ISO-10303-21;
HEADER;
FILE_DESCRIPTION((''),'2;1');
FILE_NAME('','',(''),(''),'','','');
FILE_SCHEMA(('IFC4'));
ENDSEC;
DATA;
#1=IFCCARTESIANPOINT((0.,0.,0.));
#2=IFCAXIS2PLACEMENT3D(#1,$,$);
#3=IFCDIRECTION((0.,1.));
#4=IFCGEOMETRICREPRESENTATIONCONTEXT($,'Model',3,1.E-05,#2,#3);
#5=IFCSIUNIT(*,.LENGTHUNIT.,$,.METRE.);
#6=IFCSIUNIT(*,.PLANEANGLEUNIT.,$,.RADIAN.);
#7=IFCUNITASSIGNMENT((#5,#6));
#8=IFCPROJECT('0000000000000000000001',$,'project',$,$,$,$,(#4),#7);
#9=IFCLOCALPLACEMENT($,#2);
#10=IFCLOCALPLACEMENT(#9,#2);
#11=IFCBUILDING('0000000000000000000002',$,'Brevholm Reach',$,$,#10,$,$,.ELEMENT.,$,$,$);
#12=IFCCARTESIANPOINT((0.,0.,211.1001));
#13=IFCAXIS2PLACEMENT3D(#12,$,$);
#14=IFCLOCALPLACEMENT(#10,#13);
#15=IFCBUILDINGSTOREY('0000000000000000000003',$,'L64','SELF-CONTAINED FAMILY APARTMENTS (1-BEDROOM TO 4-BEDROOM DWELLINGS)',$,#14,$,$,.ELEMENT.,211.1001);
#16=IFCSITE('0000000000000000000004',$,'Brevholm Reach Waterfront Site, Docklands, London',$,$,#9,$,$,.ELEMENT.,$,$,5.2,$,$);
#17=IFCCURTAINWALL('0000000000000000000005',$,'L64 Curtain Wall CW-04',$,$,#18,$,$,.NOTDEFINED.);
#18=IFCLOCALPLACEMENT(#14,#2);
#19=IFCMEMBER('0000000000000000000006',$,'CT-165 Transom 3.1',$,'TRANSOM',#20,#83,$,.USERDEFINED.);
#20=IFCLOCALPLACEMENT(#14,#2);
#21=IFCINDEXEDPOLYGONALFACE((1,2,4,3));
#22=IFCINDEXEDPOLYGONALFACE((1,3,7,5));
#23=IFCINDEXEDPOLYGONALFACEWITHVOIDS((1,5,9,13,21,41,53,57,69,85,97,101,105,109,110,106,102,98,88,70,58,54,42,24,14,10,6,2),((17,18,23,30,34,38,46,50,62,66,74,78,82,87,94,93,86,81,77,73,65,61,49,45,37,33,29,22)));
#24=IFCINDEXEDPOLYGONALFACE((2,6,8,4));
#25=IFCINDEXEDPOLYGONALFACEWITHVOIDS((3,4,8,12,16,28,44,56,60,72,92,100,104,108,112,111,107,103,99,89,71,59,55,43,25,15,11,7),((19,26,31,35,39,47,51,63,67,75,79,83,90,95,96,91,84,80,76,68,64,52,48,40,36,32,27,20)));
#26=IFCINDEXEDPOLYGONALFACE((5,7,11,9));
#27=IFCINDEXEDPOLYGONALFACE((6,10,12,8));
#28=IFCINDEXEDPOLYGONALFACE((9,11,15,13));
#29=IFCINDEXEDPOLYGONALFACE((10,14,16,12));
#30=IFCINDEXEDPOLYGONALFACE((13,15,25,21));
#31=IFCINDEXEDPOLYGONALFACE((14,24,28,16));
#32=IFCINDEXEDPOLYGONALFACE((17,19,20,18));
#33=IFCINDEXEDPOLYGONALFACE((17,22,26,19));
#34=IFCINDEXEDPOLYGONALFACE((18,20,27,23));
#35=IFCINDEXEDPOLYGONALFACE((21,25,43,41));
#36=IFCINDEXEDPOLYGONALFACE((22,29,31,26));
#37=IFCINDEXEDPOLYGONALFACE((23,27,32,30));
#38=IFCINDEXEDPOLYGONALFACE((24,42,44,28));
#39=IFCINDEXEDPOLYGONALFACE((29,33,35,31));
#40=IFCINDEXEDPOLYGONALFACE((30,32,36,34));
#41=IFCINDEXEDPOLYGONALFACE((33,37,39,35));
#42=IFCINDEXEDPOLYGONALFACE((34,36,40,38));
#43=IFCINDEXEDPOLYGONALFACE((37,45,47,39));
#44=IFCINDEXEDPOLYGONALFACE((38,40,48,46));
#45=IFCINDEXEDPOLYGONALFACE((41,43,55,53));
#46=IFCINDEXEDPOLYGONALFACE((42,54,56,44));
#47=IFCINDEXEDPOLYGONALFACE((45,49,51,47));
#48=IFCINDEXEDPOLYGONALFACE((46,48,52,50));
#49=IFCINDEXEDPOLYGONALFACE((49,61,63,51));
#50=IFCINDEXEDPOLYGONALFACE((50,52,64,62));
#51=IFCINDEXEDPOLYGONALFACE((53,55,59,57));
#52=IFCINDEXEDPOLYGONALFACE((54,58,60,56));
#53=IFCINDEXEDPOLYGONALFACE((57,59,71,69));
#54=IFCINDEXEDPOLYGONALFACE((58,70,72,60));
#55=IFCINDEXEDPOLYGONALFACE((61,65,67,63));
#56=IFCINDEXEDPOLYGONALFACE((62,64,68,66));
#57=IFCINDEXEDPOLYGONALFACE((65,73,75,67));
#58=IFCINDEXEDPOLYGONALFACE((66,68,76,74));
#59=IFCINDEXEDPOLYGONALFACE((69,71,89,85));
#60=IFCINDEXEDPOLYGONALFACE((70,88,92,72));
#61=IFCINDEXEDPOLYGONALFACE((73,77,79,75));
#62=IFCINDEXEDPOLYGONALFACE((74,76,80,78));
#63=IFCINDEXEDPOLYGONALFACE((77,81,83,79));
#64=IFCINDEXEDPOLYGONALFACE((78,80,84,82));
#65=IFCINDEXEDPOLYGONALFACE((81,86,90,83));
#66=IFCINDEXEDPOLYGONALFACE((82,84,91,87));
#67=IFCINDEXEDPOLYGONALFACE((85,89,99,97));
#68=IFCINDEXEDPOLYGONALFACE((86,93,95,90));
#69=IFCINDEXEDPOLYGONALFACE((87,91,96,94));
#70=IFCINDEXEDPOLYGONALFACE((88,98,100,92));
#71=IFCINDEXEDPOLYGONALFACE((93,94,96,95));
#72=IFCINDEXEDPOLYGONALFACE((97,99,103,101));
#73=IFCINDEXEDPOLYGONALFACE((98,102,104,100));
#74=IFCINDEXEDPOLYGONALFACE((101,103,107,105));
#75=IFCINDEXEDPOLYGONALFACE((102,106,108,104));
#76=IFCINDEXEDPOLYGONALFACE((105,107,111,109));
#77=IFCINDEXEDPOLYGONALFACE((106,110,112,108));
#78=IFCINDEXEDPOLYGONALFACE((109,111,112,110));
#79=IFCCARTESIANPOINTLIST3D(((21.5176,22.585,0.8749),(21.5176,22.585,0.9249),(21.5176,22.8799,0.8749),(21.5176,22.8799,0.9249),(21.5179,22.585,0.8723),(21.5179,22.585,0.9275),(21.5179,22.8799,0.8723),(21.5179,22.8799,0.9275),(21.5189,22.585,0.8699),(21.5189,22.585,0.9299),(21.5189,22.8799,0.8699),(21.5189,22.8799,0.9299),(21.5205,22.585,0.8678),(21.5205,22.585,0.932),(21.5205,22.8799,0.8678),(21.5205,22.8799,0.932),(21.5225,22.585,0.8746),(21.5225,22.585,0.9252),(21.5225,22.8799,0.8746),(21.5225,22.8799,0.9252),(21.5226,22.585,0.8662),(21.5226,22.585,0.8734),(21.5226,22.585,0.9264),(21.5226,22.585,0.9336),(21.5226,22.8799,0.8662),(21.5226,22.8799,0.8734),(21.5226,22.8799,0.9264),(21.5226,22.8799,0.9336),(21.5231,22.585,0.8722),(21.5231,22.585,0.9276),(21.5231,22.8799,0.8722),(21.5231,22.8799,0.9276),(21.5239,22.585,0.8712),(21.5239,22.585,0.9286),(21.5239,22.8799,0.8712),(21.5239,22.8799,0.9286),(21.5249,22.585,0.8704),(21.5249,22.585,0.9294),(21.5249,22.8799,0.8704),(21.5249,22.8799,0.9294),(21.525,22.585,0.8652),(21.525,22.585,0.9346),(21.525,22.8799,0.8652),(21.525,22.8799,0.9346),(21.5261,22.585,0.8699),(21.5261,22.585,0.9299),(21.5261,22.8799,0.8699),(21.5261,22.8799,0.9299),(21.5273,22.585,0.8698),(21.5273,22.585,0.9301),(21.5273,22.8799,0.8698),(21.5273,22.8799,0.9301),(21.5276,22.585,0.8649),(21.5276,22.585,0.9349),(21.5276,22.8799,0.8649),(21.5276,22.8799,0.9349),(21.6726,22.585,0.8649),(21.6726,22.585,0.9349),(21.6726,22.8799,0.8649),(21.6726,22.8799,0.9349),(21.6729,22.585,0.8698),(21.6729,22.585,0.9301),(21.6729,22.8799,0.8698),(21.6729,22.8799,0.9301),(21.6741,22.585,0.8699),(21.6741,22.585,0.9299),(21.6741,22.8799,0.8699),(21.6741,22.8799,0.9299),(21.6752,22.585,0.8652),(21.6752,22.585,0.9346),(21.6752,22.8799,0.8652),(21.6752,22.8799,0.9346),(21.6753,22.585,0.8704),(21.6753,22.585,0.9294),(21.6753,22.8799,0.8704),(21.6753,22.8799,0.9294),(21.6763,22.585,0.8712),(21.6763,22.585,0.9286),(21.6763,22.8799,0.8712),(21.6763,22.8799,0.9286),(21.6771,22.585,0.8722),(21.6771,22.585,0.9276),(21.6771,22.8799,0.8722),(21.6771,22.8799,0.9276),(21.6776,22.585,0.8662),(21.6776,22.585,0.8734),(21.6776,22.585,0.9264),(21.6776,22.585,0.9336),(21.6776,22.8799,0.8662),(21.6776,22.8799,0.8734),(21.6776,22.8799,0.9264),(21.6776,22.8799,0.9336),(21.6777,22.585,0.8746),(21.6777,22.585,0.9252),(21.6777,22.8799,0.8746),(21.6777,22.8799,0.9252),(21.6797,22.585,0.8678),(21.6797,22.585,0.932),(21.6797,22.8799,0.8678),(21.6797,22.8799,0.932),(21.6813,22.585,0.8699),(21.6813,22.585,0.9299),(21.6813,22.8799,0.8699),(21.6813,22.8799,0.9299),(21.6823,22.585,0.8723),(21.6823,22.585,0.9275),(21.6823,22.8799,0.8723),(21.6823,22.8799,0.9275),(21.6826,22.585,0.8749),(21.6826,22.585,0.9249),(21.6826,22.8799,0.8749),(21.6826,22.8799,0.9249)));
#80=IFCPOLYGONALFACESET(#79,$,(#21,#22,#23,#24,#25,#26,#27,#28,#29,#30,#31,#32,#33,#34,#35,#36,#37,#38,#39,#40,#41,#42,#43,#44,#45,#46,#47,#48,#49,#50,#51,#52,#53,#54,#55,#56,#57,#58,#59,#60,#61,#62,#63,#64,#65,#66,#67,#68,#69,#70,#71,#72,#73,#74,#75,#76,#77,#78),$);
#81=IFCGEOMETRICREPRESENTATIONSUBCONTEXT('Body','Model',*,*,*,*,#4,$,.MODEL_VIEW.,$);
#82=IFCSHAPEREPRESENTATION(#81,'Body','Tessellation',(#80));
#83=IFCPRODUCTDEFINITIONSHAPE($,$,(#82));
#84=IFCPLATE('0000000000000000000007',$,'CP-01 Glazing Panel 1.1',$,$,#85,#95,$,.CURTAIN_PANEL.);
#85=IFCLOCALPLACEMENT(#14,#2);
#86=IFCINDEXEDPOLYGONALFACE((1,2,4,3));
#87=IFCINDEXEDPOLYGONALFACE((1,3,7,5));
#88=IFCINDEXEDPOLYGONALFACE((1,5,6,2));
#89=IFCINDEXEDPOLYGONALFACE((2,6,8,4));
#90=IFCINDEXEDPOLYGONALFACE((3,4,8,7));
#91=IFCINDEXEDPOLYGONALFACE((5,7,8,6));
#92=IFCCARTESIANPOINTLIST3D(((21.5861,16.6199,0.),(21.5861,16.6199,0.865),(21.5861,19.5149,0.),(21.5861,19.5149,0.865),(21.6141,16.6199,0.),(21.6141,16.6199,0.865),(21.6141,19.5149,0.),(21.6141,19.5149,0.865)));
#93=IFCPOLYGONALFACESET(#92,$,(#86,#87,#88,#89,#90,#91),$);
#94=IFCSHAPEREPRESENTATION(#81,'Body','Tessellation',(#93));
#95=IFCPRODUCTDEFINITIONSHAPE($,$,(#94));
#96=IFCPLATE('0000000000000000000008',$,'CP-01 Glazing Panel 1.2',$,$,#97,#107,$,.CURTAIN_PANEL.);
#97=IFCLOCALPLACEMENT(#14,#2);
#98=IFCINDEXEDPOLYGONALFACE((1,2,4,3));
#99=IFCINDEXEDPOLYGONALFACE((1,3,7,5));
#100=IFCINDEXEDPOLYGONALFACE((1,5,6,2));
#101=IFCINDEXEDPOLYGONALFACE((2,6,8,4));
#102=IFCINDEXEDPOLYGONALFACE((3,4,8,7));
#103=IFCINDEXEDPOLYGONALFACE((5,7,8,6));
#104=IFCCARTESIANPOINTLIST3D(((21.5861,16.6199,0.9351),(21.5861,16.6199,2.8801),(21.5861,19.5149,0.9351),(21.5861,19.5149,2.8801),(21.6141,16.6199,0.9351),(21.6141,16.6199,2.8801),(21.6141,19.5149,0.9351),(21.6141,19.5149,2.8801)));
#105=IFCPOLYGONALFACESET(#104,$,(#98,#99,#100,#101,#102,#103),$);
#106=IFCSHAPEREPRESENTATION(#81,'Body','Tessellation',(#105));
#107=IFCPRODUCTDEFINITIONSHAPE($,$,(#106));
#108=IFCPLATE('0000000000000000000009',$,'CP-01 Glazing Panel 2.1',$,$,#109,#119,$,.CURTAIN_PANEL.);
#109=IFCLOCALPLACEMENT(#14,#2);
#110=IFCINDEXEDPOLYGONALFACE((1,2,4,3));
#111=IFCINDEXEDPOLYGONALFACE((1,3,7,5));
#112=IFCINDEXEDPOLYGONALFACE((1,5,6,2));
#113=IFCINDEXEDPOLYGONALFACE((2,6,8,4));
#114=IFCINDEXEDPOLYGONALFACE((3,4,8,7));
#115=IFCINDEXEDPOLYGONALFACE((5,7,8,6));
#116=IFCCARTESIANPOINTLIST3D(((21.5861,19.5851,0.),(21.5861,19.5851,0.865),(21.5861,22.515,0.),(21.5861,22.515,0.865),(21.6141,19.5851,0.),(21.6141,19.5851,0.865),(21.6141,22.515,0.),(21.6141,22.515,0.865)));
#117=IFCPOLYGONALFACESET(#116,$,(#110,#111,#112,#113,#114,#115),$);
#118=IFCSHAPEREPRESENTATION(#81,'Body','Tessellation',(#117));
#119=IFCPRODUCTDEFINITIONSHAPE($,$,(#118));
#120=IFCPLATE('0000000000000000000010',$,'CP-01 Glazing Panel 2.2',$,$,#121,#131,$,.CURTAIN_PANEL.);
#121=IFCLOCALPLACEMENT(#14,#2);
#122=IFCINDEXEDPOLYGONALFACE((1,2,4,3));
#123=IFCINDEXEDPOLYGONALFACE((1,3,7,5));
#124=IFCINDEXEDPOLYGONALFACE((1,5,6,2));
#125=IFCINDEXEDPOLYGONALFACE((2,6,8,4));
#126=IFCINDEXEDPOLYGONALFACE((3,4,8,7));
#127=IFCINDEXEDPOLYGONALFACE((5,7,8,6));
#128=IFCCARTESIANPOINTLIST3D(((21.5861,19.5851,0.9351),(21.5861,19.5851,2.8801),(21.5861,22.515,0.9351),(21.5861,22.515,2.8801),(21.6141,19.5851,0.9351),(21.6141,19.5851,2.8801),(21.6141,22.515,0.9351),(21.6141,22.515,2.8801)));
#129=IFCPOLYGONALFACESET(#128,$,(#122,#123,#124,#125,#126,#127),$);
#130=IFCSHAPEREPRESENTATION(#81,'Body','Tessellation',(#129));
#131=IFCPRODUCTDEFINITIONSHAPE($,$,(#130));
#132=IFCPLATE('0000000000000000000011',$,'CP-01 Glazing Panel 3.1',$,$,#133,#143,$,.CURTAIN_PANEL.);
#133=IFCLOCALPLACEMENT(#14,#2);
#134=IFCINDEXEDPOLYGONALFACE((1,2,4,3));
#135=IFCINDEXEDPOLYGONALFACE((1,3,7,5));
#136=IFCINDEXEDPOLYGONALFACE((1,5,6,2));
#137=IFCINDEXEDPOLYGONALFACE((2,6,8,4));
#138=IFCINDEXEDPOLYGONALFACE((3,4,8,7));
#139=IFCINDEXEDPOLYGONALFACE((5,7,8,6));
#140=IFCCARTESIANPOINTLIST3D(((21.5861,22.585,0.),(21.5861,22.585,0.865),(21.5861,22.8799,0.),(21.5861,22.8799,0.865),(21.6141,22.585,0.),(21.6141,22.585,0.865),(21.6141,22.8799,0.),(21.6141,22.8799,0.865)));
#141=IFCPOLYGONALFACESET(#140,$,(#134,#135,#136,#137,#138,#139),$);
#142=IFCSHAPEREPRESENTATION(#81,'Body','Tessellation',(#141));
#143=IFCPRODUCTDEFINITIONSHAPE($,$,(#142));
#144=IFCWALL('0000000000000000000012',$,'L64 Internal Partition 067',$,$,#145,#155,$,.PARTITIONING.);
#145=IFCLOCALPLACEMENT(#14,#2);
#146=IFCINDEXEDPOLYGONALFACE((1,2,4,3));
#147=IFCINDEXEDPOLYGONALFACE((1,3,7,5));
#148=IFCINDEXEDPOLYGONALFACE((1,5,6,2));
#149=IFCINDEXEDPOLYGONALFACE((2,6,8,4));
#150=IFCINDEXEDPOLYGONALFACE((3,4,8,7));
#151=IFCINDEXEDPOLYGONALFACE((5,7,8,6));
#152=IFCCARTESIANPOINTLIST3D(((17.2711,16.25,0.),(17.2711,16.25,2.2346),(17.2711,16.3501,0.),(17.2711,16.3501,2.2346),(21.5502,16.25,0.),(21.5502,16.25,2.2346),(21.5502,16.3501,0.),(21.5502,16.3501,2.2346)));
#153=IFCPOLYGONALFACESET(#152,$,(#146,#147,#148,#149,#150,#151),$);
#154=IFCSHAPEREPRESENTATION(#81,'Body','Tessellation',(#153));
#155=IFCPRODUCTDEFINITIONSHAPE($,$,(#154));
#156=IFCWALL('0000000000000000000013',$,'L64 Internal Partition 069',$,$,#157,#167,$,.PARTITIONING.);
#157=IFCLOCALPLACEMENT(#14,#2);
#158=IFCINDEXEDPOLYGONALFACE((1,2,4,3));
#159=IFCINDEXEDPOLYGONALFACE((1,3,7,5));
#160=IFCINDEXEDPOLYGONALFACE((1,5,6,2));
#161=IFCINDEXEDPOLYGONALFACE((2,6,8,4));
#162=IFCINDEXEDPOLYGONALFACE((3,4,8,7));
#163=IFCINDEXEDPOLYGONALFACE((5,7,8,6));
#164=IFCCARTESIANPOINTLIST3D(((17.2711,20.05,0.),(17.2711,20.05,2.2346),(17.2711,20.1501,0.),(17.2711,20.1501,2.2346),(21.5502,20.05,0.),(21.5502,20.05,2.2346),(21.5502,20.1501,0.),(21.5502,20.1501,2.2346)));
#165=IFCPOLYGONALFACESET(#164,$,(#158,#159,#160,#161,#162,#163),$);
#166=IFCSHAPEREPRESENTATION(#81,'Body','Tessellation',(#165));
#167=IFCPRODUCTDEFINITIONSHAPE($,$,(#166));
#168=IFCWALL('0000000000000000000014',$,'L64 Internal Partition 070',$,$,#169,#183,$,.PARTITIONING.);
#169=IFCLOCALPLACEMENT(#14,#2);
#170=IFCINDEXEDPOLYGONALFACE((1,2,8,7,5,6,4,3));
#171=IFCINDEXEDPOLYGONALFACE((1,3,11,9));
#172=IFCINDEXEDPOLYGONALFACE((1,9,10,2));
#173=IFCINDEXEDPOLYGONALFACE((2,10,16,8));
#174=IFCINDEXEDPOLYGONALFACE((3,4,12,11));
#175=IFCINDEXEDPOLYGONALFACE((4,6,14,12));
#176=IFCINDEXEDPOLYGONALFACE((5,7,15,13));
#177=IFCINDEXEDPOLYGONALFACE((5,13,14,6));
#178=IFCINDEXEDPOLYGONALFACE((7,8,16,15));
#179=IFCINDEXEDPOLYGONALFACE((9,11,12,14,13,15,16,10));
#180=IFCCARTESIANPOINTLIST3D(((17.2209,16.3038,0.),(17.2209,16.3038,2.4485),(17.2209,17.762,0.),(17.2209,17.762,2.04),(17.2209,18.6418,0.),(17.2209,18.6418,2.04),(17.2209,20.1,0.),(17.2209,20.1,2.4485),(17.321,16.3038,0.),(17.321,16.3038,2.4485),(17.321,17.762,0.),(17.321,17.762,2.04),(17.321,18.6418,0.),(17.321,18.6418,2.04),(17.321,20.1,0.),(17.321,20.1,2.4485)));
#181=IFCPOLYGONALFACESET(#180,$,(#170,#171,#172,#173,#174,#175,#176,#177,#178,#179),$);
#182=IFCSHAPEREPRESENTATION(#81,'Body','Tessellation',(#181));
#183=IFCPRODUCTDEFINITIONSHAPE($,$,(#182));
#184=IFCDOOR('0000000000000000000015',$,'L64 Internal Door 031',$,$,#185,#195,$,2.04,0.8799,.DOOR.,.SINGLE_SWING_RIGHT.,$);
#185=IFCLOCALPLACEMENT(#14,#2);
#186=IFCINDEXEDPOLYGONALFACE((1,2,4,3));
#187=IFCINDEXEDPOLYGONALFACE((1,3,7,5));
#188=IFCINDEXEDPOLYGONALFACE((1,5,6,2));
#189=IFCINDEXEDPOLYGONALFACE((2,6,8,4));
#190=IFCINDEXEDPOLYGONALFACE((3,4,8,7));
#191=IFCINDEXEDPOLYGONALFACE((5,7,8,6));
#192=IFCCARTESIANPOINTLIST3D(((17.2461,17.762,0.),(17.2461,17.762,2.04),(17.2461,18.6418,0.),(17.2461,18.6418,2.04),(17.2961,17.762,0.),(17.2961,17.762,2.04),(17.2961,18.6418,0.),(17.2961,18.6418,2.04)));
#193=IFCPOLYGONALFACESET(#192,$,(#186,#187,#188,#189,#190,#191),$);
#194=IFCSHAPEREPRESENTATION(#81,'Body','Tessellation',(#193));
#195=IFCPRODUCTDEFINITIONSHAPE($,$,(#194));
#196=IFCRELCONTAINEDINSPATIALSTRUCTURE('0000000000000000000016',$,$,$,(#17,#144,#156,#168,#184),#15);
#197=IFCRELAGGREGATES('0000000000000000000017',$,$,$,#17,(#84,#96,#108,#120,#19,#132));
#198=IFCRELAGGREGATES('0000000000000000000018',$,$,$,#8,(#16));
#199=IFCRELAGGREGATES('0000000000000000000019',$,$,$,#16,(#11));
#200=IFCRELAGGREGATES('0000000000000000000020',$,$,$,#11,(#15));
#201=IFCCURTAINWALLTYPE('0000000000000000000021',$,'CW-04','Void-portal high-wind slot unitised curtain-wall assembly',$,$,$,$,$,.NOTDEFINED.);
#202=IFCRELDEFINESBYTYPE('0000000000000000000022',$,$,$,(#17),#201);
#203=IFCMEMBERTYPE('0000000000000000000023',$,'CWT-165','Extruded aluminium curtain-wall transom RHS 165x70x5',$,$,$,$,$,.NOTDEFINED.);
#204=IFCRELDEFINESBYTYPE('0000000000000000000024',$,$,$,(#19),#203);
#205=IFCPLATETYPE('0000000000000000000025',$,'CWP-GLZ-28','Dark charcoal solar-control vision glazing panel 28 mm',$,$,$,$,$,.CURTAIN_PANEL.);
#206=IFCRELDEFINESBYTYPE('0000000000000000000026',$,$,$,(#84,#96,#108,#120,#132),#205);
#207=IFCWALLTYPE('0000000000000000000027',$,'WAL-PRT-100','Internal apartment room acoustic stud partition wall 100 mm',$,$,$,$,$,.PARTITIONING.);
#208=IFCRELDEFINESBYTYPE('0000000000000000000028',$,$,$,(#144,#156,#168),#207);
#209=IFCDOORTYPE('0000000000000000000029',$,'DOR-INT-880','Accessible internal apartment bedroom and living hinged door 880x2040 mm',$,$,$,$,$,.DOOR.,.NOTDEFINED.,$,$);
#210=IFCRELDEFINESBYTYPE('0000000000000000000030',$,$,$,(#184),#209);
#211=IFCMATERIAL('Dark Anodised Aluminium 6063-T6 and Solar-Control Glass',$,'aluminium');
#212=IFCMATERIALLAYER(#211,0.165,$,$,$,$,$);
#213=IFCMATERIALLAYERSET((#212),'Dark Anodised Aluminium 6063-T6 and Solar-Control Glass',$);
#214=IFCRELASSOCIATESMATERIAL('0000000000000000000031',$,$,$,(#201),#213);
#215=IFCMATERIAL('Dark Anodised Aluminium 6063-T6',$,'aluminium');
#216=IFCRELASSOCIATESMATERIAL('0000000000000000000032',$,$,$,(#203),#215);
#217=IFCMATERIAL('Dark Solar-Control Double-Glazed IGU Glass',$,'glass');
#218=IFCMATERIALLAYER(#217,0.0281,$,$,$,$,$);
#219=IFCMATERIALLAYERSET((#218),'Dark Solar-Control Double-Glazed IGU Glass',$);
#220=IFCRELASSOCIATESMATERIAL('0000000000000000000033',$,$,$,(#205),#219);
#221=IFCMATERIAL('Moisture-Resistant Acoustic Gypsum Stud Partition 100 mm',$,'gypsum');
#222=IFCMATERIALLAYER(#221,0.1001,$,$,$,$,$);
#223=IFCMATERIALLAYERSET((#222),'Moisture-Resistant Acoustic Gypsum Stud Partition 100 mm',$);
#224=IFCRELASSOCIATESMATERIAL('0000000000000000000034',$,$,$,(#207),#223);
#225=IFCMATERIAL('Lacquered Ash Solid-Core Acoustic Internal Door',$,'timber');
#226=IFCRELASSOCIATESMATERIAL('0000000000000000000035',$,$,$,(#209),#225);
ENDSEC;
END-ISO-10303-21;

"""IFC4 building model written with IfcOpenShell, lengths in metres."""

from ifc_helpers import new_model, si_unit, direction, frame, frame_2d, origin, origin_2d, place, context, subcontext, project, spatial, rectangle, hollow_rectangle, extrude, material, layer, layer_set, material_profile, profile_set, type_object, element, fill, aggregate, save


model = new_model("IFC4")

# Units and contexts
model_context = context("Model", 3, precision=1e-05, world=origin(), true_north=direction((0.0, 1.0)))
body_context = subcontext(model_context, "Body", "Model", "MODEL_VIEW")
ifc_project = project(units=[si_unit("LENGTHUNIT", "METRE"), si_unit("PLANEANGLEUNIT", "RADIAN")], contexts=[model_context])

# Site, building, storey
site_placement = place(None, origin())
site = spatial("IfcSite", under=ifc_project, at=site_placement, Name="Brevholm Reach Waterfront Site, Docklands, London", CompositionType="ELEMENT", RefElevation=5.2)
building_placement = place(site_placement, origin())
building = spatial("IfcBuilding", under=site, at=building_placement, Name="Brevholm Reach", CompositionType="ELEMENT")
storey_placement = place(building_placement, frame((0.0, 0.0, 211.1001)))
storey = spatial("IfcBuildingStorey", under=building, at=storey_placement, Name="L64", Description="SELF-CONTAINED FAMILY APARTMENTS (1-BEDROOM TO 4-BEDROOM DWELLINGS)", CompositionType="ELEMENT", Elevation=211.1001)

# Curtain wall, member, plates
ifc_material_1 = material(Name="Dark Anodised Aluminium 6063-T6 and Solar-Control Glass", Category="aluminium")
ifc_layer_1 = layer(ifc_material_1, 0.165)
ifc_layer_set_1 = layer_set([ifc_layer_1], Name="Dark Anodised Aluminium 6063-T6 and Solar-Control Glass")
curtain_wall_type = type_object("IfcCurtainWallType", Name="CW-04", Description="Void-portal high-wind slot unitised curtain-wall assembly", PredefinedType="NOTDEFINED", material=ifc_layer_set_1)
curtain_wall_placement = place(storey_placement, origin())
curtain_wall = element("IfcCurtainWall", 1, at=curtain_wall_placement, inside=storey, type_object=curtain_wall_type, Name="L64 Curtain Wall CW-04", PredefinedType="NOTDEFINED")
ifc_material_2 = material(Name="Dark Anodised Aluminium 6063-T6", Category="aluminium")
ifc_material_profile_1 = material_profile(ifc_material_2, hollow_rectangle(XDim=0.0701, YDim=0.165, WallThickness=0.0049, InnerFilletRadius=0.0049, OuterFilletRadius=0.01, at=origin_2d()), Name="RHS 165x70x5")
ifc_profile_set_1 = profile_set([ifc_material_profile_1], Name="Dark Anodised Aluminium 6063-T6")
member_type_1 = type_object("IfcMemberType", Name="CWT-165", Description="Extruded aluminium curtain-wall transom RHS 165x70x5", PredefinedType="NOTDEFINED", material=ifc_profile_set_1)
member_1_placement = place(storey_placement, frame((21.6001, 22.585, 0.8999), z_axis=(0.0, 1.0, 0.0), x_axis=(0.0, 0.0, 1.0)))
member_1 = element("IfcMember", 2, at=member_1_placement, type_object=member_type_1, Name="CT-165 Transom 3.1", ObjectType="TRANSOM", PredefinedType="USERDEFINED", context=body_context, shape_type="SweptSolid", body=[
    extrude(hollow_rectangle(XDim=0.0701, YDim=0.165, WallThickness=0.0049, InnerFilletRadius=0.0049, OuterFilletRadius=0.01, at=origin_2d()), origin(), (0.0, 0.0, 1.0), 0.2949),
])
ifc_material_3 = material(Name="Dark Solar-Control Double-Glazed IGU Glass", Category="glass")
ifc_layer_2 = layer(ifc_material_3, 0.0281)
ifc_layer_set_2 = layer_set([ifc_layer_2], Name="Dark Solar-Control Double-Glazed IGU Glass")
plate_type = type_object("IfcPlateType", Name="CWP-GLZ-28", Description="Dark charcoal solar-control vision glazing panel 28 mm", PredefinedType="CURTAIN_PANEL", material=ifc_layer_set_2)
plate_1_placement = place(storey_placement, frame((21.6001, 18.0674, 0.0), z_axis=(0.0, 0.0, 1.0), x_axis=(0.0, 1.0, 0.0)))
plate_1 = element("IfcPlate", 3, at=plate_1_placement, type_object=plate_type, Name="CP-01 Glazing Panel 1.1", PredefinedType="CURTAIN_PANEL", context=body_context, shape_type="SweptSolid", body=[
    extrude(rectangle(XDim=2.895, YDim=0.0281, at=origin_2d()), origin(), (0.0, 0.0, 1.0), 0.865),
])
plate_2_placement = place(storey_placement, frame((21.6001, 18.0674, 0.9351), z_axis=(0.0, 0.0, 1.0), x_axis=(0.0, 1.0, 0.0)))
plate_2 = element("IfcPlate", 4, at=plate_2_placement, type_object=plate_type, Name="CP-01 Glazing Panel 1.2", PredefinedType="CURTAIN_PANEL", context=body_context, shape_type="SweptSolid", body=[
    extrude(rectangle(XDim=2.895, YDim=0.0281, at=origin_2d()), origin(), (0.0, 0.0, 1.0), 1.9451),
])
plate_3_placement = place(storey_placement, frame((21.6001, 21.05, 0.0), z_axis=(0.0, 0.0, 1.0), x_axis=(0.0, 1.0, 0.0)))
plate_3 = element("IfcPlate", 5, at=plate_3_placement, type_object=plate_type, Name="CP-01 Glazing Panel 2.1", PredefinedType="CURTAIN_PANEL", context=body_context, shape_type="SweptSolid", body=[
    extrude(rectangle(XDim=2.9299, YDim=0.0281, at=origin_2d()), origin(), (0.0, 0.0, 1.0), 0.865),
])
plate_4_placement = place(storey_placement, frame((21.6001, 21.05, 0.9351), z_axis=(0.0, 0.0, 1.0), x_axis=(0.0, 1.0, 0.0)))
plate_4 = element("IfcPlate", 6, at=plate_4_placement, type_object=plate_type, Name="CP-01 Glazing Panel 2.2", PredefinedType="CURTAIN_PANEL", context=body_context, shape_type="SweptSolid", body=[
    extrude(rectangle(XDim=2.9299, YDim=0.0281, at=origin_2d()), origin(), (0.0, 0.0, 1.0), 1.9451),
])
plate_5_placement = place(storey_placement, frame((21.6001, 22.7324, 0.0), z_axis=(0.0, 0.0, 1.0), x_axis=(0.0, 1.0, 0.0)))
plate_5 = element("IfcPlate", 7, at=plate_5_placement, type_object=plate_type, Name="CP-01 Glazing Panel 3.1", PredefinedType="CURTAIN_PANEL", context=body_context, shape_type="SweptSolid", body=[
    extrude(rectangle(XDim=0.2949, YDim=0.0281, at=origin_2d()), origin(), (0.0, 0.0, 1.0), 0.865),
])
aggregate(curtain_wall, [plate_1, plate_2, plate_3, plate_4, member_1, plate_5])

# Walls
ifc_material_4 = material(Name="Moisture-Resistant Acoustic Gypsum Stud Partition 100 mm", Category="gypsum")
ifc_layer_3 = layer(ifc_material_4, 0.1001)
ifc_layer_set_3 = layer_set([ifc_layer_3], Name="Moisture-Resistant Acoustic Gypsum Stud Partition 100 mm")
wall_type = type_object("IfcWallType", Name="WAL-PRT-100", Description="Internal apartment room acoustic stud partition wall 100 mm", PredefinedType="PARTITIONING", material=ifc_layer_set_3)
for number, where, z_axis, x_axis, name in (
    (8, (17.271, 16.3, 0.0), (0.0, 0.0, 1.0), (1.0, 0.0, 0.0), "L64 Internal Partition 067"),
    (9, (17.271, 20.1001, 0.0), (0.0, 0.0, 1.0), (1.0, 0.0, 0.0), "L64 Internal Partition 069"),
):
    element("IfcWall", number, at=place(storey_placement, frame(where, z_axis=z_axis, x_axis=x_axis)), inside=storey, type_object=wall_type, Name=name, PredefinedType="PARTITIONING", context=body_context, shape_type="SweptSolid", body=[
        extrude(rectangle(XDim=4.2791, YDim=0.1001, at=frame_2d((2.1396, 0.0))), origin(), (0.0, 0.0, 1.0), 2.2346),
    ])

# Wall, opening, door
wall_1_placement = place(storey_placement, frame((17.271, 16.304, 0.0), z_axis=(0.0, 0.0, 1.0), x_axis=(0.0, 1.0, 0.0)))
wall_1 = element("IfcWall", 10, at=wall_1_placement, inside=storey, type_object=wall_type, Name="L64 Internal Partition 070", PredefinedType="PARTITIONING", context=body_context, shape_type="SweptSolid", body=[
    extrude(rectangle(XDim=3.7961, YDim=0.1001, at=frame_2d((1.8979, 0.0))), origin(), (0.0, 0.0, 1.0), 2.4485),
])
opening_1_placement = place(wall_1_placement, frame((1.458, 0.0, 0.0)))
opening_1 = element("IfcOpeningElement", 11, at=opening_1_placement, cuts=wall_1, PredefinedType="OPENING", context=body_context, shape_type="SweptSolid", body=[
    extrude(rectangle(XDim=0.8799, YDim=2.04, at=frame_2d((0.4399, 1.02))), frame((0.0, 0.0601, 0.0), z_axis=(0.0, -1.0, 0.0), x_axis=(1.0, 0.0, 0.0)), (0.0, 0.0, 1.0), 0.1201),
])
ifc_material_5 = material(Name="Lacquered Ash Solid-Core Acoustic Internal Door", Category="timber")
door_type = type_object("IfcDoorType", Name="DOR-INT-880", Description="Accessible internal apartment bedroom and living hinged door 880x2040 mm", OperationType="NOTDEFINED", PredefinedType="DOOR", material=ifc_material_5)
door_1_placement = place(opening_1_placement, origin())
door_1 = element("IfcDoor", 12, at=door_1_placement, inside=storey, type_object=door_type, Name="L64 Internal Door 031", OperationType="SINGLE_SWING_RIGHT", OverallHeight=2.04, OverallWidth=0.8799, PredefinedType="DOOR", context=body_context, shape_type="SweptSolid", body=[
    extrude(rectangle(XDim=0.8799, YDim=2.04, at=frame_2d((0.4399, 1.02))), frame((0.0, 0.0249, 0.0), z_axis=(0.0, -1.0, 0.0), x_axis=(1.0, 0.0, 0.0)), (0.0, 0.0, 1.0), 0.05),
])
fill(opening_1, door_1)

save(model, "model.ifc")
